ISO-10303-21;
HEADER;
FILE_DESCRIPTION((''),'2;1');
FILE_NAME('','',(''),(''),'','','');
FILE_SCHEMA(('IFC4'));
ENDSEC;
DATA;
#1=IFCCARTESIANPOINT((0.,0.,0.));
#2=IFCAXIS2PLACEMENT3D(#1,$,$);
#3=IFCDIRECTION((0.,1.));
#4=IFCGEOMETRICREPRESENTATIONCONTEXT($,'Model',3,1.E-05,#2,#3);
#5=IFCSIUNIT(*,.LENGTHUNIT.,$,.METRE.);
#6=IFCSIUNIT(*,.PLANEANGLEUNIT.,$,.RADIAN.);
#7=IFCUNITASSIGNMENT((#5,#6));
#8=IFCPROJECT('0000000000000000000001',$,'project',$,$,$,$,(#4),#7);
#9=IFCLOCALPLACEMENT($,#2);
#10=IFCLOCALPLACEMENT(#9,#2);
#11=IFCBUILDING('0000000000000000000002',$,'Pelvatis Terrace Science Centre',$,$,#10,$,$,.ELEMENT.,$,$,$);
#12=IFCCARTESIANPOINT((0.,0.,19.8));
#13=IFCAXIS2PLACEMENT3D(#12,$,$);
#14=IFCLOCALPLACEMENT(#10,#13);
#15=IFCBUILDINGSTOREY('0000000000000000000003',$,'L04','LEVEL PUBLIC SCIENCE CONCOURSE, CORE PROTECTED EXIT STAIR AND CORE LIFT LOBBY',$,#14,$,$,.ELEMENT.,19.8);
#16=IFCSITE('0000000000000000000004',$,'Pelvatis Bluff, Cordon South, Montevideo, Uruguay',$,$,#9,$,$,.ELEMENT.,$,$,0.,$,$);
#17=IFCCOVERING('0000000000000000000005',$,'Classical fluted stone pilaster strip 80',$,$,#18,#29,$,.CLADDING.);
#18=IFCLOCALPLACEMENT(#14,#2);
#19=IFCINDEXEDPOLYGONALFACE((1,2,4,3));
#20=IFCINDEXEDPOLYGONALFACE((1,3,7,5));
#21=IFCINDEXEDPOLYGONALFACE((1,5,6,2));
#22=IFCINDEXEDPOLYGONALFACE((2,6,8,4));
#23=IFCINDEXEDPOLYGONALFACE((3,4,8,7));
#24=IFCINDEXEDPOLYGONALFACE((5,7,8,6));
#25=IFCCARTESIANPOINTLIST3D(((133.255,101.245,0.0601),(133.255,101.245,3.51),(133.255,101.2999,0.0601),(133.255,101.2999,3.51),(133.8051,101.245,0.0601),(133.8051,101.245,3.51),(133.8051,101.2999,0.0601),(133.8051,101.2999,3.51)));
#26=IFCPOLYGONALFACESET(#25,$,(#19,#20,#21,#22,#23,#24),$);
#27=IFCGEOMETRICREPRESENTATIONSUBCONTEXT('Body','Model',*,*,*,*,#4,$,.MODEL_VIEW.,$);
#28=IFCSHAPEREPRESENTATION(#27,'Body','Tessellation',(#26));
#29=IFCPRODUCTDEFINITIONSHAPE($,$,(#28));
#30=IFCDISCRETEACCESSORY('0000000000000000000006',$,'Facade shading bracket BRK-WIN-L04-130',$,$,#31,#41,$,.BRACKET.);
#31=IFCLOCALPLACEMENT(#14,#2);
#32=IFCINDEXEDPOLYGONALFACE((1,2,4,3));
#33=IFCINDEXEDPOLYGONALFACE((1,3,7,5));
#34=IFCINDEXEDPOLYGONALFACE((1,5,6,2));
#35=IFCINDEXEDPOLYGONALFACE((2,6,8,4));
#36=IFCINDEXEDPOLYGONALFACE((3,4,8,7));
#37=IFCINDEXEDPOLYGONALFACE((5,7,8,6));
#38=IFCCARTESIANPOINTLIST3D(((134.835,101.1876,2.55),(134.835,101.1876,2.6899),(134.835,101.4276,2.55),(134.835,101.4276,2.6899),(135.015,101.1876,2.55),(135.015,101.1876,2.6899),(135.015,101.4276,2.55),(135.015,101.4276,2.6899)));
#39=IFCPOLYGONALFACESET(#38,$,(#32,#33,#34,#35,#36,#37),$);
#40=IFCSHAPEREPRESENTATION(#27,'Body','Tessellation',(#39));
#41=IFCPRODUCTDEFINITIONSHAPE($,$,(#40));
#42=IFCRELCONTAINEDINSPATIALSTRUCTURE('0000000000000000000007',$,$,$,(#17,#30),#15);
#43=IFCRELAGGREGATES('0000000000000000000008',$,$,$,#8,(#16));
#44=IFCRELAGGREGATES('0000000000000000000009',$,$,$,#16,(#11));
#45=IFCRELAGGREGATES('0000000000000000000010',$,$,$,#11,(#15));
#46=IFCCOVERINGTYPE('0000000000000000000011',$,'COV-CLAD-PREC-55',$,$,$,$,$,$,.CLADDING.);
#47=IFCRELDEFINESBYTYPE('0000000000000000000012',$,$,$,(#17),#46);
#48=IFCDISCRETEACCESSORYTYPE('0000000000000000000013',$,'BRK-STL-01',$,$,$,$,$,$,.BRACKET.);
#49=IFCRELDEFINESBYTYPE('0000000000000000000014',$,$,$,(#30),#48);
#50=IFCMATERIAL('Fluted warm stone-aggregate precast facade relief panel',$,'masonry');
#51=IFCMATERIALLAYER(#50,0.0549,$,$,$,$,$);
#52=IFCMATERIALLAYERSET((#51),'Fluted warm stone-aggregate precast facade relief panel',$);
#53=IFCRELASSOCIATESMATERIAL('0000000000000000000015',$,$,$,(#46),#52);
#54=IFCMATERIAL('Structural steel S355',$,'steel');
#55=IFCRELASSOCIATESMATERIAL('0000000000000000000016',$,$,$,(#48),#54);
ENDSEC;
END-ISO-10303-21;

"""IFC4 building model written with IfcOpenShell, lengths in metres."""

from ifc_helpers import new_model, si_unit, direction, frame, origin, origin_2d, place, context, subcontext, project, spatial, rectangle, extrude, material, layer, layer_set, type_object, element, save


model = new_model("IFC4")

# Units and contexts
model_context = context("Model", 3, precision=1e-05, world=origin(), true_north=direction((0.0, 1.0)))
body_context = subcontext(model_context, "Body", "Model", "MODEL_VIEW")
ifc_project = project(units=[si_unit("LENGTHUNIT", "METRE"), si_unit("PLANEANGLEUNIT", "RADIAN")], contexts=[model_context])

# Site, building, storey
site_placement = place(None, origin())
site = spatial("IfcSite", under=ifc_project, at=site_placement, Name="Pelvatis Bluff, Cordon South, Montevideo, Uruguay", CompositionType="ELEMENT", RefElevation=0.0)
building_placement = place(site_placement, origin())
building = spatial("IfcBuilding", under=site, at=building_placement, Name="Pelvatis Terrace Science Centre", CompositionType="ELEMENT")
storey_placement = place(building_placement, frame((0.0, 0.0, 19.8)))
storey = spatial("IfcBuildingStorey", under=building, at=storey_placement, Name="L04", Description="LEVEL PUBLIC SCIENCE CONCOURSE, CORE PROTECTED EXIT STAIR AND CORE LIFT LOBBY", CompositionType="ELEMENT", Elevation=19.8)

# Covering
ifc_material_1 = material(Name="Fluted warm stone-aggregate precast facade relief panel", Category="masonry")
ifc_layer_1 = layer(ifc_material_1, 0.0549)
ifc_layer_set_1 = layer_set([ifc_layer_1], Name="Fluted warm stone-aggregate precast facade relief panel")
covering_type = type_object("IfcCoveringType", Name="COV-CLAD-PREC-55", PredefinedType="CLADDING", material=ifc_layer_set_1)
covering_placement = place(storey_placement, frame((133.53, 101.2725, 0.0601), z_axis=(0.0, 0.0, 1.0), x_axis=(1.0, 0.0, 0.0)))
element("IfcCovering", 1, at=covering_placement, inside=storey, type_object=covering_type, Name="Classical fluted stone pilaster strip 80", PredefinedType="CLADDING", context=body_context, shape_type="SweptSolid", body=[
    extrude(rectangle(XDim=0.55, YDim=0.0549, at=origin_2d()), origin(), (0.0, 0.0, 1.0), 3.45),
])

# Discrete accessory
ifc_material_2 = material(Name="Structural steel S355", Category="steel")
discrete_accessory_type = type_object("IfcDiscreteAccessoryType", Name="BRK-STL-01", PredefinedType="BRACKET", material=ifc_material_2)
discrete_accessory_placement = place(storey_placement, frame((134.925, 101.3076, 2.55)))
element("IfcDiscreteAccessory", 2, at=discrete_accessory_placement, inside=storey, type_object=discrete_accessory_type, Name="Facade shading bracket BRK-WIN-L04-130", PredefinedType="BRACKET", context=body_context, shape_type="SweptSolid", body=[
    extrude(rectangle(XDim=0.18, YDim=0.24, at=origin_2d()), origin(), (0.0, 0.0, 1.0), 0.1399),
])

save(model, "model.ifc")
